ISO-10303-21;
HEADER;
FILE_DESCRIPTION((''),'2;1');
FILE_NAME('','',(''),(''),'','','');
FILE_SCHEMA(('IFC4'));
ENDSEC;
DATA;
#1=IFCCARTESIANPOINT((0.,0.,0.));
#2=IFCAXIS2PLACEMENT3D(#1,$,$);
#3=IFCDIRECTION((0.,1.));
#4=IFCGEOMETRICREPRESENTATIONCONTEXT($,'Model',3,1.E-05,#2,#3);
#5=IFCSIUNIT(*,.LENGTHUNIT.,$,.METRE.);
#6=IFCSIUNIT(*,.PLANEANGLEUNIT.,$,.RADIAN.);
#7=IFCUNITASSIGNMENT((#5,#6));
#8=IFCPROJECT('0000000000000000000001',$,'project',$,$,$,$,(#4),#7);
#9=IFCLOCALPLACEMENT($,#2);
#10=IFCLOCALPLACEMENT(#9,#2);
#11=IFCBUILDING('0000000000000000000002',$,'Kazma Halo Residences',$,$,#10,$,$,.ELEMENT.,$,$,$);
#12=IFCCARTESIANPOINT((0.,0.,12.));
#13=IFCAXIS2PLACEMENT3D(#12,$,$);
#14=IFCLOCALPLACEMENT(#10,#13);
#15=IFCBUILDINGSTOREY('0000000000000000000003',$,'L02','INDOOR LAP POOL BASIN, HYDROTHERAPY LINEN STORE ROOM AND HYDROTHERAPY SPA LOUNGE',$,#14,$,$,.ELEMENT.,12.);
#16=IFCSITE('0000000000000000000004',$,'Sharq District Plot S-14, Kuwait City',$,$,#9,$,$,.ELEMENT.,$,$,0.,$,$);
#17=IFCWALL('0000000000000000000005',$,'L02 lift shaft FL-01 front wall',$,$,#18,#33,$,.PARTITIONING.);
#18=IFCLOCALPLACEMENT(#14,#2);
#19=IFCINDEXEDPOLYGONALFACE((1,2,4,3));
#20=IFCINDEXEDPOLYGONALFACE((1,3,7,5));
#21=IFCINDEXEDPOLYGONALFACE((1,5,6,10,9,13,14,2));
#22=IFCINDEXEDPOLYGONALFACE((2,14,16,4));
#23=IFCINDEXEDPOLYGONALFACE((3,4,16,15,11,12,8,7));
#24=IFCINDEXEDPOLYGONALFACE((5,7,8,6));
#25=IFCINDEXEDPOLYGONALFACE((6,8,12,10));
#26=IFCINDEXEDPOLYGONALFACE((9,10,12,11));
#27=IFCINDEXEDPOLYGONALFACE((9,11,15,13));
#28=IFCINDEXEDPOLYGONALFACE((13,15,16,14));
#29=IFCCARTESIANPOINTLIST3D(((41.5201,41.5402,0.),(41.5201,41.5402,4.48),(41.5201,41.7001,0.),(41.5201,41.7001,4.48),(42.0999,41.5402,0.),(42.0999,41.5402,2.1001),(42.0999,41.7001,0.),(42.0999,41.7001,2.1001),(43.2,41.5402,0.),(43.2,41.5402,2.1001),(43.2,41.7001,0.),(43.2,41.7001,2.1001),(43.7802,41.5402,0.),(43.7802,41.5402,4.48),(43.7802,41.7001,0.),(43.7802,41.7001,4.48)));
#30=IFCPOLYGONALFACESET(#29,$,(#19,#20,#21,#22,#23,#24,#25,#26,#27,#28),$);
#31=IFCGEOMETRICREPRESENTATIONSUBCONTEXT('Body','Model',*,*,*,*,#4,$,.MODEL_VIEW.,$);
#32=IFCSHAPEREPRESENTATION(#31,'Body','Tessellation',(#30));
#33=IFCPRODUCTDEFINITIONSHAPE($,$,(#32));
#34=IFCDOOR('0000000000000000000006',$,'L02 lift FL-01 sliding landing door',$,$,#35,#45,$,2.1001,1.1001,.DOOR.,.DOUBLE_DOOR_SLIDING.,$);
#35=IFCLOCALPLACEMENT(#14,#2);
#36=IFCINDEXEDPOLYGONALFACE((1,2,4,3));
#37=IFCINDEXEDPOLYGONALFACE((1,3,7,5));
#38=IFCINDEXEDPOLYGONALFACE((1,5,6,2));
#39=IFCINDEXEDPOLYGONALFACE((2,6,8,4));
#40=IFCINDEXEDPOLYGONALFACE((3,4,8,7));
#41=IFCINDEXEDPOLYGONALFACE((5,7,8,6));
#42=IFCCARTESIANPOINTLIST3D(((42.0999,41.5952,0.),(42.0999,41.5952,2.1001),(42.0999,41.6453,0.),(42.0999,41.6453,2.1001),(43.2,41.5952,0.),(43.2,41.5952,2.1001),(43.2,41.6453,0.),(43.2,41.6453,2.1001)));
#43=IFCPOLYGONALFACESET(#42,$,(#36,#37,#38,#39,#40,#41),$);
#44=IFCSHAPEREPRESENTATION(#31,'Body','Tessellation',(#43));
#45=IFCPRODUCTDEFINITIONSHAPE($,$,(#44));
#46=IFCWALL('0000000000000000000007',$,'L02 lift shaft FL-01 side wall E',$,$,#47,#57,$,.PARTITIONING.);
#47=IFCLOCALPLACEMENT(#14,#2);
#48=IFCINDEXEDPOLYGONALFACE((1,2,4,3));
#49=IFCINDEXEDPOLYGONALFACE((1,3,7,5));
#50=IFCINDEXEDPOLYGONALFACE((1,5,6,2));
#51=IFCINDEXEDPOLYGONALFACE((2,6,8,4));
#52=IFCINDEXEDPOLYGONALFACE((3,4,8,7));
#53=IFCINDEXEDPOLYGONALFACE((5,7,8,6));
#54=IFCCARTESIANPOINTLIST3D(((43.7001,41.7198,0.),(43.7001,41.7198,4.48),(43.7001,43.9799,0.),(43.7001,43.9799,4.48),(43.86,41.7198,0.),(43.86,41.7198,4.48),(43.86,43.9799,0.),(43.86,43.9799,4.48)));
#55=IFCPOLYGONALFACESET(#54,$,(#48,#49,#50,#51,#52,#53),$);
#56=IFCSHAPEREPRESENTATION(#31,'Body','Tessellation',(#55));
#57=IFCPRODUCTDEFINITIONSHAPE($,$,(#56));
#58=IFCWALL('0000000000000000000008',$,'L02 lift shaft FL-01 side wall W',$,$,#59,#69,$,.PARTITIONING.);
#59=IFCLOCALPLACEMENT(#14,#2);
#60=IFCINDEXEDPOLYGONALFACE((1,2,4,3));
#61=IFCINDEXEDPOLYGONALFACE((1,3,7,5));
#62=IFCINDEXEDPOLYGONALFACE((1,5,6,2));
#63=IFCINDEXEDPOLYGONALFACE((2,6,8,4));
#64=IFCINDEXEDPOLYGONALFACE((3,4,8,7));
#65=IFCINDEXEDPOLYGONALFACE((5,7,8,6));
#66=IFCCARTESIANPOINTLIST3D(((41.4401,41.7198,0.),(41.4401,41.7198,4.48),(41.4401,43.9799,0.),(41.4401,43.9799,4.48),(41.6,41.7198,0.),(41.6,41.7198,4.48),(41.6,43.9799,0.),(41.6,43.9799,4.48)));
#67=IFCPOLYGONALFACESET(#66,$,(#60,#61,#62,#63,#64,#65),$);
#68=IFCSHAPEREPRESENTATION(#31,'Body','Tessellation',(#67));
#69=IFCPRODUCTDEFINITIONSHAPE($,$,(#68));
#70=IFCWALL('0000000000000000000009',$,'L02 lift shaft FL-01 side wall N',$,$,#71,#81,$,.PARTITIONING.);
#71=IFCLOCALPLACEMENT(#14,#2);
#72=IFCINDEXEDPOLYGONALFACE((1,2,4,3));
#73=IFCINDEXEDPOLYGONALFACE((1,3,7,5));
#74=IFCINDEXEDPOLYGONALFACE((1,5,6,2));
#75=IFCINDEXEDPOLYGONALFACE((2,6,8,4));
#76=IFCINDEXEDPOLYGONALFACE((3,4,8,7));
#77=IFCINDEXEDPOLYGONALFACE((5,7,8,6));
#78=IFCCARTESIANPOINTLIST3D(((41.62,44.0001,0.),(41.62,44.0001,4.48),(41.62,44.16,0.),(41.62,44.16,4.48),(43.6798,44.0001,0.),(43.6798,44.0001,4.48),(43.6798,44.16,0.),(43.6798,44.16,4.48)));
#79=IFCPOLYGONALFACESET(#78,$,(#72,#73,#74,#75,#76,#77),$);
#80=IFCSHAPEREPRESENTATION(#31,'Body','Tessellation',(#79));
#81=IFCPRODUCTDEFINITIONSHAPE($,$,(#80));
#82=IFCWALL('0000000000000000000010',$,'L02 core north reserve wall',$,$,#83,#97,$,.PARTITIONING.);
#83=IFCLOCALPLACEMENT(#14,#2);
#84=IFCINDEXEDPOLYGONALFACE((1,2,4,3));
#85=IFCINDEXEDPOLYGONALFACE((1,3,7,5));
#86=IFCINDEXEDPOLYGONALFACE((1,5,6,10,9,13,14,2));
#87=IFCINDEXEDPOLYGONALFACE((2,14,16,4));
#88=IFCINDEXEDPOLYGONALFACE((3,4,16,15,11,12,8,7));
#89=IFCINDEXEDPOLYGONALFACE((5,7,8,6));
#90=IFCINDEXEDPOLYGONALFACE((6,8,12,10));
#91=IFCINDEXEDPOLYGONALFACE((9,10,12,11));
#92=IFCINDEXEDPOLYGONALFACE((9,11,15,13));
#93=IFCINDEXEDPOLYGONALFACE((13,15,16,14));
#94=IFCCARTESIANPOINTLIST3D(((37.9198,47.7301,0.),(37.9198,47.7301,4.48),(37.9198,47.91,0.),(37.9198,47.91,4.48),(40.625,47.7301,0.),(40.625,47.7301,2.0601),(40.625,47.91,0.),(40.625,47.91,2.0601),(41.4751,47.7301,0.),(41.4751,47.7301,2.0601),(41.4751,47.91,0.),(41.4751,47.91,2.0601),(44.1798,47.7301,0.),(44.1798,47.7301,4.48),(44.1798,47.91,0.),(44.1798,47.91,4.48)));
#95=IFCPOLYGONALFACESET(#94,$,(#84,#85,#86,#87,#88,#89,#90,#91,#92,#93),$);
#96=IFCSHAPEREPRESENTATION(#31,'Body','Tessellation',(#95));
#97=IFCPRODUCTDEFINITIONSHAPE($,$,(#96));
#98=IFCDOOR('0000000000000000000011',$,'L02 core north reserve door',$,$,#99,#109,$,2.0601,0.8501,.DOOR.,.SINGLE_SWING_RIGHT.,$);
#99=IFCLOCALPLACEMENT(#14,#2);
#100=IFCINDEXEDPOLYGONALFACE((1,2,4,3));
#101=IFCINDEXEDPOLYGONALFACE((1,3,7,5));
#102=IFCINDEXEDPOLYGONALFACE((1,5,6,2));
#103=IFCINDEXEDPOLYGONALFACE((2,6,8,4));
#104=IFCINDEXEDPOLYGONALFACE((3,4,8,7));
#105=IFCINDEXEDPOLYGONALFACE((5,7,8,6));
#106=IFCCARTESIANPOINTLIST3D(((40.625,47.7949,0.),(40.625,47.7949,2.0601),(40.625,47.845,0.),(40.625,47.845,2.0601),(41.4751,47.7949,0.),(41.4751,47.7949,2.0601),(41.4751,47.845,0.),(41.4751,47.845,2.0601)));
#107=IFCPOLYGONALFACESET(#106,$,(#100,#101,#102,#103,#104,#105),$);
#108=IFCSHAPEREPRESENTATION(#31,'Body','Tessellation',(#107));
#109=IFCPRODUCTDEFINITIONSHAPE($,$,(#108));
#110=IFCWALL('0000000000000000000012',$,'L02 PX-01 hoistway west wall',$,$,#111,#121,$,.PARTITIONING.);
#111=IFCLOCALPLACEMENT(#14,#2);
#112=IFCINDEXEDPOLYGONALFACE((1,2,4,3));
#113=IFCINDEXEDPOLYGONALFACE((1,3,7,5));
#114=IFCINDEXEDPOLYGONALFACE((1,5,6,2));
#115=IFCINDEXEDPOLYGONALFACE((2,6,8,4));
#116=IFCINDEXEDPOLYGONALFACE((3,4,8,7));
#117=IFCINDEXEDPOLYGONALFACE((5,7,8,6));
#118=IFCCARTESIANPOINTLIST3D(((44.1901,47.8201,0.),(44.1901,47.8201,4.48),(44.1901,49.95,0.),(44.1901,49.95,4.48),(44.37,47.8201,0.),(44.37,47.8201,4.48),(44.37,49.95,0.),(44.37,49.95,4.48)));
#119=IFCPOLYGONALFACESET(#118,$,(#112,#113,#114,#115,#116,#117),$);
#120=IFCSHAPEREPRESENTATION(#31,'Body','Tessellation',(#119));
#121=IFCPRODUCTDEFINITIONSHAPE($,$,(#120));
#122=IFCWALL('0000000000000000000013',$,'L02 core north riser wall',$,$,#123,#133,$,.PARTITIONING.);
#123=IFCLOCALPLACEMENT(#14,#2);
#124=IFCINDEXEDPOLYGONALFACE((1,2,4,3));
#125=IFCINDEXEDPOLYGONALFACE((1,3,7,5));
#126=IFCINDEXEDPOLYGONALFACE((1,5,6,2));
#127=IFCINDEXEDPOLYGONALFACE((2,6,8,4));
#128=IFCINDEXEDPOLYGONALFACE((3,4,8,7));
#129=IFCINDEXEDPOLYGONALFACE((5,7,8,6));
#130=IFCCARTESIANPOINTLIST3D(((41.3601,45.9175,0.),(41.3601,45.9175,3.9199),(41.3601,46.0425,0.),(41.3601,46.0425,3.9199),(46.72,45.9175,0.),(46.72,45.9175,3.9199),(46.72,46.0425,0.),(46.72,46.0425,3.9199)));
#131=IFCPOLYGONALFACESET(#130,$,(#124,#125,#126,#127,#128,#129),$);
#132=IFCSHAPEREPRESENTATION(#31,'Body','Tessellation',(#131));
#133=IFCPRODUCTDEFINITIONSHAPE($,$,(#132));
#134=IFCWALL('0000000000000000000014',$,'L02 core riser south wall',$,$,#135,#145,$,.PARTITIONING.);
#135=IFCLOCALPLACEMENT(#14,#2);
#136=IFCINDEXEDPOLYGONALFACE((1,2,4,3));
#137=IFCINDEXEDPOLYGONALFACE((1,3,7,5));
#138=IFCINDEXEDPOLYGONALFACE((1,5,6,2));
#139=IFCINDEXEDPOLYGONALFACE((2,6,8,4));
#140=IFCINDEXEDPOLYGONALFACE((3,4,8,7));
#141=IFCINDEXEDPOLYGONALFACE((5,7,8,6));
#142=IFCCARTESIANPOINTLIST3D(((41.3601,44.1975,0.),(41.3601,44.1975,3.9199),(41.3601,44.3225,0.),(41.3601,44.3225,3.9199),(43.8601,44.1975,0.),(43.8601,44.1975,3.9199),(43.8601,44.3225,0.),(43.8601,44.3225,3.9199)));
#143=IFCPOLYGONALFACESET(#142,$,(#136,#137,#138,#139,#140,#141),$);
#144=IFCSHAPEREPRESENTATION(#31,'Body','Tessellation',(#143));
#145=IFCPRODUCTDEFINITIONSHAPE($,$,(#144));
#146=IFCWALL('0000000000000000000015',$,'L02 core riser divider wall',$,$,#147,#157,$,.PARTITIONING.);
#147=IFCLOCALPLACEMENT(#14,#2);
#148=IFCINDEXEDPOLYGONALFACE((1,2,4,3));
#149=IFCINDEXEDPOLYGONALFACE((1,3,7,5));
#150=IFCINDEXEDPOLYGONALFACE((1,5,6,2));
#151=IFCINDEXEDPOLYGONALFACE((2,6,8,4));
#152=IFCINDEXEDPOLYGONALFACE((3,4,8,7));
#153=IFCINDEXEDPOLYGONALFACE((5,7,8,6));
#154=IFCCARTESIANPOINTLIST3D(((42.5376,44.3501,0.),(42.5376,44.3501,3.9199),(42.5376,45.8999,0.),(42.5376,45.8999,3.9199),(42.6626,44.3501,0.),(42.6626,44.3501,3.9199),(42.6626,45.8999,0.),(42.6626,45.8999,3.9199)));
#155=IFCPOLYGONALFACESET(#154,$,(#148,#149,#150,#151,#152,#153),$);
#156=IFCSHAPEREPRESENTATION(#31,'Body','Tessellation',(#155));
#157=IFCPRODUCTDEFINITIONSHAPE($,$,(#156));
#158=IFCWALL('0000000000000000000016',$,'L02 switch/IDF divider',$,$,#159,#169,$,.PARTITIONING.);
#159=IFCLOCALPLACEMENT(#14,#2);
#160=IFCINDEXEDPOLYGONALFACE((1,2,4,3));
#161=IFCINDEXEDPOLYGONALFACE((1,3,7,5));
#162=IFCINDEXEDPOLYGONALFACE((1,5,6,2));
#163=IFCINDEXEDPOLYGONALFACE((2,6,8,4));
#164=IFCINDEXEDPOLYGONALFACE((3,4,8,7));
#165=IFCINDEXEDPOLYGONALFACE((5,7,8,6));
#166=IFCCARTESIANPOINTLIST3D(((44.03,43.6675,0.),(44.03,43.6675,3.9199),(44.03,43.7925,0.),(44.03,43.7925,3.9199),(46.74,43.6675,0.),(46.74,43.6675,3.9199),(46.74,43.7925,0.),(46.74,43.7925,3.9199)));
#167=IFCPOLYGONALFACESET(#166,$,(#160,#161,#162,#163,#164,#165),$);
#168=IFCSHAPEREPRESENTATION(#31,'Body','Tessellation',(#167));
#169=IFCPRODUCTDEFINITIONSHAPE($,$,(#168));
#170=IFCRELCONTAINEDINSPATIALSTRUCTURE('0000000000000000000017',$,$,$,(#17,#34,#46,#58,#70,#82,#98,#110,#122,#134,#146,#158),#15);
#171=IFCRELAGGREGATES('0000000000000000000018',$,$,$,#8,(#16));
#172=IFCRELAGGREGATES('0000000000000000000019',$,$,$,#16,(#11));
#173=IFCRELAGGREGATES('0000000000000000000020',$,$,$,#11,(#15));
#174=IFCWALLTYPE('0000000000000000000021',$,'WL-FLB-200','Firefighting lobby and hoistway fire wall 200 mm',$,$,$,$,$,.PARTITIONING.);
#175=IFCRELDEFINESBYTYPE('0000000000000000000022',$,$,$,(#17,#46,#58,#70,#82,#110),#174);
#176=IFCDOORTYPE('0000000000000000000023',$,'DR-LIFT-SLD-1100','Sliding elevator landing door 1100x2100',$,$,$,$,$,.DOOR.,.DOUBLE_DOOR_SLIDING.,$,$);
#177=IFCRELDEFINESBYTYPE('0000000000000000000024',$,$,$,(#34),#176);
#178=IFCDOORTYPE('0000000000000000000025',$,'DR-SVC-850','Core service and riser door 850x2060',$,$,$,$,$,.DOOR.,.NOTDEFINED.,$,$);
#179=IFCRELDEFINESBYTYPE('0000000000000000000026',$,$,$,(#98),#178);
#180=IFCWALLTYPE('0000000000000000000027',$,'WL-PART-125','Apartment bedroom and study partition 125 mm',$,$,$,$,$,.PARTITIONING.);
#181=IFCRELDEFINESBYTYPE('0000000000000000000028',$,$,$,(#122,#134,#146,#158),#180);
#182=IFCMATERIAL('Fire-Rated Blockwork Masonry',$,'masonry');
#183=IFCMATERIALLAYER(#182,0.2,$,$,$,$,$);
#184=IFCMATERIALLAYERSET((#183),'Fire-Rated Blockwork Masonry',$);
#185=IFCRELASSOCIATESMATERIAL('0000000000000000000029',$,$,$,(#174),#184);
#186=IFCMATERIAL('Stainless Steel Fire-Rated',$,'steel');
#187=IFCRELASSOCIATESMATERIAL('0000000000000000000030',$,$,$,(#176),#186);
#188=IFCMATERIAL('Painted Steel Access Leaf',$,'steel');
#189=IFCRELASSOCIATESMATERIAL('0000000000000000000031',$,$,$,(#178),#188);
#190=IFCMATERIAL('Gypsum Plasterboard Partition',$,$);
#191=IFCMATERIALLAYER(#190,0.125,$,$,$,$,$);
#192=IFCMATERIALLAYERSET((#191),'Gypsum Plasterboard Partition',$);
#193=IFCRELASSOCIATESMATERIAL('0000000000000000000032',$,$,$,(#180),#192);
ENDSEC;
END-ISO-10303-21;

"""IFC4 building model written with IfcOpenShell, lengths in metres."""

from ifc_helpers import new_model, si_unit, direction, frame, frame_2d, origin, place, context, subcontext, project, spatial, rectangle, extrude, material, layer, layer_set, type_object, element, fill, save


model = new_model("IFC4")

# Units and contexts
model_context = context("Model", 3, precision=1e-05, world=origin(), true_north=direction((0.0, 1.0)))
body_context = subcontext(model_context, "Body", "Model", "MODEL_VIEW")
ifc_project = project(units=[si_unit("LENGTHUNIT", "METRE"), si_unit("PLANEANGLEUNIT", "RADIAN")], contexts=[model_context])

# Site, building, storey
site_placement = place(None, origin())
site = spatial("IfcSite", under=ifc_project, at=site_placement, Name="Sharq District Plot S-14, Kuwait City", CompositionType="ELEMENT", RefElevation=0.0)
building_placement = place(site_placement, origin())
building = spatial("IfcBuilding", under=site, at=building_placement, Name="Kazma Halo Residences", CompositionType="ELEMENT")
storey_placement = place(building_placement, frame((0.0, 0.0, 12.0)))
storey = spatial("IfcBuildingStorey", under=building, at=storey_placement, Name="L02", Description="INDOOR LAP POOL BASIN, HYDROTHERAPY LINEN STORE ROOM AND HYDROTHERAPY SPA LOUNGE", CompositionType="ELEMENT", Elevation=12.0)

# Shared definitions
ifc_material_1 = material(Name="Fire-Rated Blockwork Masonry", Category="masonry")
ifc_layer_1 = layer(ifc_material_1, 0.2)
ifc_layer_set_1 = layer_set([ifc_layer_1], Name="Fire-Rated Blockwork Masonry")
wall_type_1 = type_object("IfcWallType", Name="WL-FLB-200", Description="Firefighting lobby and hoistway fire wall 200 mm", PredefinedType="PARTITIONING", material=ifc_layer_set_1)

# Wall, opening, door
wall_1_placement = place(storey_placement, frame((43.78, 41.6201, 0.0), z_axis=(0.0, 0.0, 1.0), x_axis=(-1.0, 0.0, 0.0)))
wall_1 = element("IfcWall", 1, at=wall_1_placement, inside=storey, type_object=wall_type_1, Name="L02 lift shaft FL-01 front wall", PredefinedType="PARTITIONING", context=body_context, shape_type="SweptSolid", body=[
    extrude(rectangle(XDim=2.26, YDim=0.1599, at=frame_2d((1.1299, 0.0))), origin(), (0.0, 0.0, 1.0), 4.48),
])
opening_1_placement = place(wall_1_placement, frame((0.5801, 0.0, 0.0)))
opening_1 = element("IfcOpeningElement", 2, at=opening_1_placement, cuts=wall_1, PredefinedType="OPENING", context=body_context, shape_type="SweptSolid", body=[
    extrude(rectangle(XDim=1.1001, YDim=2.1001, at=frame_2d((0.55, 1.05))), frame((0.0, 0.0898, 0.0), z_axis=(0.0, -1.0, 0.0), x_axis=(1.0, 0.0, 0.0)), (0.0, 0.0, 1.0), 0.1799),
])
ifc_material_2 = material(Name="Stainless Steel Fire-Rated", Category="steel")
door_type_1 = type_object("IfcDoorType", Name="DR-LIFT-SLD-1100", Description="Sliding elevator landing door 1100x2100", OperationType="DOUBLE_DOOR_SLIDING", PredefinedType="DOOR", material=ifc_material_2)
door_1_placement = place(opening_1_placement, origin())
door_1 = element("IfcDoor", 3, at=door_1_placement, inside=storey, type_object=door_type_1, Name="L02 lift FL-01 sliding landing door", OperationType="DOUBLE_DOOR_SLIDING", OverallHeight=2.1001, OverallWidth=1.1001, PredefinedType="DOOR", context=body_context, shape_type="SweptSolid", body=[
    extrude(rectangle(XDim=1.1001, YDim=2.1001, at=frame_2d((0.55, 1.05))), frame((0.0, 0.0249, 0.0), z_axis=(0.0, -1.0, 0.0), x_axis=(1.0, 0.0, 0.0)), (0.0, 0.0, 1.0), 0.05),
])
fill(opening_1, door_1)

# Walls
for number, where, z_axis, x_axis, name in (
    (4, (43.78, 41.72, 0.0), (0.0, 0.0, 1.0), (0.0, 1.0, 0.0), "L02 lift shaft FL-01 side wall E"),
    (5, (41.52, 41.72, 0.0), (0.0, 0.0, 1.0), (0.0, 1.0, 0.0), "L02 lift shaft FL-01 side wall W"),
):
    element("IfcWall", number, at=place(storey_placement, frame(where, z_axis=z_axis, x_axis=x_axis)), inside=storey, type_object=wall_type_1, Name=name, PredefinedType="PARTITIONING", context=body_context, shape_type="SweptSolid", body=[
        extrude(rectangle(XDim=2.26, YDim=0.1599, at=frame_2d((1.1299, 0.0))), origin(), (0.0, 0.0, 1.0), 4.48),
    ])
wall_2_placement = place(storey_placement, frame((41.6201, 44.0801, 0.0), z_axis=(0.0, 0.0, 1.0), x_axis=(1.0, 0.0, 0.0)))
element("IfcWall", 6, at=wall_2_placement, inside=storey, type_object=wall_type_1, Name="L02 lift shaft FL-01 side wall N", PredefinedType="PARTITIONING", context=body_context, shape_type="SweptSolid", body=[
    extrude(rectangle(XDim=2.0598, YDim=0.1599, at=frame_2d((1.0298, 0.0))), origin(), (0.0, 0.0, 1.0), 4.48),
])

# Wall, opening, door
wall_3_placement = place(storey_placement, frame((37.9199, 47.8201, 0.0), z_axis=(0.0, 0.0, 1.0), x_axis=(1.0, 0.0, 0.0)))
wall_3 = element("IfcWall", 7, at=wall_3_placement, inside=storey, type_object=wall_type_1, Name="L02 core north reserve wall", PredefinedType="PARTITIONING", context=body_context, shape_type="SweptSolid", body=[
    extrude(rectangle(XDim=6.26, YDim=0.1799, at=frame_2d((3.1299, 0.0))), origin(), (0.0, 0.0, 1.0), 4.48),
])
opening_2_placement = place(wall_3_placement, frame((2.7051, 0.0, 0.0)))
opening_2 = element("IfcOpeningElement", 8, at=opening_2_placement, cuts=wall_3, PredefinedType="OPENING", context=body_context, shape_type="SweptSolid", body=[
    extrude(rectangle(XDim=0.8501, YDim=2.0601, at=frame_2d((0.425, 1.03))), frame((0.0, 0.0999, 0.0), z_axis=(0.0, -1.0, 0.0), x_axis=(1.0, 0.0, 0.0)), (0.0, 0.0, 1.0), 0.2),
])
ifc_material_3 = material(Name="Painted Steel Access Leaf", Category="steel")
door_type_2 = type_object("IfcDoorType", Name="DR-SVC-850", Description="Core service and riser door 850x2060", OperationType="NOTDEFINED", PredefinedType="DOOR", material=ifc_material_3)
door_2_placement = place(opening_2_placement, origin())
door_2 = element("IfcDoor", 9, at=door_2_placement, inside=storey, type_object=door_type_2, Name="L02 core north reserve door", OperationType="SINGLE_SWING_RIGHT", OverallHeight=2.0601, OverallWidth=0.8501, PredefinedType="DOOR", context=body_context, shape_type="SweptSolid", body=[
    extrude(rectangle(XDim=0.8501, YDim=2.0601, at=frame_2d((0.425, 1.03))), frame((0.0, 0.0249, 0.0), z_axis=(0.0, -1.0, 0.0), x_axis=(1.0, 0.0, 0.0)), (0.0, 0.0, 1.0), 0.05),
])
fill(opening_2, door_2)

# Walls
wall_4_placement = place(storey_placement, frame((44.28, 47.8201, 0.0), z_axis=(0.0, 0.0, 1.0), x_axis=(0.0, 1.0, 0.0)))
element("IfcWall", 10, at=wall_4_placement, inside=storey, type_object=wall_type_1, Name="L02 PX-01 hoistway west wall", PredefinedType="PARTITIONING", context=body_context, shape_type="SweptSolid", body=[
    extrude(rectangle(XDim=2.1299, YDim=0.1799, at=frame_2d((1.0649, 0.0))), origin(), (0.0, 0.0, 1.0), 4.48),
])
ifc_material_4 = material(Name="Gypsum Plasterboard Partition")
ifc_layer_2 = layer(ifc_material_4, 0.125)
ifc_layer_set_2 = layer_set([ifc_layer_2], Name="Gypsum Plasterboard Partition")
wall_type_2 = type_object("IfcWallType", Name="WL-PART-125", Description="Apartment bedroom and study partition 125 mm", PredefinedType="PARTITIONING", material=ifc_layer_set_2)
wall_5_placement = place(storey_placement, frame((41.3601, 45.98, 0.0), z_axis=(0.0, 0.0, 1.0), x_axis=(1.0, 0.0, 0.0)))
element("IfcWall", 11, at=wall_5_placement, inside=storey, type_object=wall_type_2, Name="L02 core north riser wall", PredefinedType="PARTITIONING", context=body_context, shape_type="SweptSolid", body=[
    extrude(rectangle(XDim=5.3599, YDim=0.125, at=frame_2d((2.6799, 0.0))), origin(), (0.0, 0.0, 1.0), 3.9199),
])
wall_6_placement = place(storey_placement, frame((41.3601, 44.26, 0.0), z_axis=(0.0, 0.0, 1.0), x_axis=(1.0, 0.0, 0.0)))
element("IfcWall", 12, at=wall_6_placement, inside=storey, type_object=wall_type_2, Name="L02 core riser south wall", PredefinedType="PARTITIONING", context=body_context, shape_type="SweptSolid", body=[
    extrude(rectangle(XDim=2.5, YDim=0.125, at=frame_2d((1.25, 0.0))), origin(), (0.0, 0.0, 1.0), 3.9199),
])
wall_7_placement = place(storey_placement, frame((42.6001, 44.3501, 0.0), z_axis=(0.0, 0.0, 1.0), x_axis=(0.0, 1.0, 0.0)))
element("IfcWall", 13, at=wall_7_placement, inside=storey, type_object=wall_type_2, Name="L02 core riser divider wall", PredefinedType="PARTITIONING", context=body_context, shape_type="SweptSolid", body=[
    extrude(rectangle(XDim=1.5498, YDim=0.125, at=frame_2d((0.7749, 0.0))), origin(), (0.0, 0.0, 1.0), 3.9199),
])
wall_8_placement = place(storey_placement, frame((44.03, 43.73, 0.0), z_axis=(0.0, 0.0, 1.0), x_axis=(1.0, 0.0, 0.0)))
element("IfcWall", 14, at=wall_8_placement, inside=storey, type_object=wall_type_2, Name="L02 switch/IDF divider", PredefinedType="PARTITIONING", context=body_context, shape_type="SweptSolid", body=[
    extrude(rectangle(XDim=2.71, YDim=0.125, at=frame_2d((1.355, 0.0))), origin(), (0.0, 0.0, 1.0), 3.9199),
])

save(model, "model.ifc")
